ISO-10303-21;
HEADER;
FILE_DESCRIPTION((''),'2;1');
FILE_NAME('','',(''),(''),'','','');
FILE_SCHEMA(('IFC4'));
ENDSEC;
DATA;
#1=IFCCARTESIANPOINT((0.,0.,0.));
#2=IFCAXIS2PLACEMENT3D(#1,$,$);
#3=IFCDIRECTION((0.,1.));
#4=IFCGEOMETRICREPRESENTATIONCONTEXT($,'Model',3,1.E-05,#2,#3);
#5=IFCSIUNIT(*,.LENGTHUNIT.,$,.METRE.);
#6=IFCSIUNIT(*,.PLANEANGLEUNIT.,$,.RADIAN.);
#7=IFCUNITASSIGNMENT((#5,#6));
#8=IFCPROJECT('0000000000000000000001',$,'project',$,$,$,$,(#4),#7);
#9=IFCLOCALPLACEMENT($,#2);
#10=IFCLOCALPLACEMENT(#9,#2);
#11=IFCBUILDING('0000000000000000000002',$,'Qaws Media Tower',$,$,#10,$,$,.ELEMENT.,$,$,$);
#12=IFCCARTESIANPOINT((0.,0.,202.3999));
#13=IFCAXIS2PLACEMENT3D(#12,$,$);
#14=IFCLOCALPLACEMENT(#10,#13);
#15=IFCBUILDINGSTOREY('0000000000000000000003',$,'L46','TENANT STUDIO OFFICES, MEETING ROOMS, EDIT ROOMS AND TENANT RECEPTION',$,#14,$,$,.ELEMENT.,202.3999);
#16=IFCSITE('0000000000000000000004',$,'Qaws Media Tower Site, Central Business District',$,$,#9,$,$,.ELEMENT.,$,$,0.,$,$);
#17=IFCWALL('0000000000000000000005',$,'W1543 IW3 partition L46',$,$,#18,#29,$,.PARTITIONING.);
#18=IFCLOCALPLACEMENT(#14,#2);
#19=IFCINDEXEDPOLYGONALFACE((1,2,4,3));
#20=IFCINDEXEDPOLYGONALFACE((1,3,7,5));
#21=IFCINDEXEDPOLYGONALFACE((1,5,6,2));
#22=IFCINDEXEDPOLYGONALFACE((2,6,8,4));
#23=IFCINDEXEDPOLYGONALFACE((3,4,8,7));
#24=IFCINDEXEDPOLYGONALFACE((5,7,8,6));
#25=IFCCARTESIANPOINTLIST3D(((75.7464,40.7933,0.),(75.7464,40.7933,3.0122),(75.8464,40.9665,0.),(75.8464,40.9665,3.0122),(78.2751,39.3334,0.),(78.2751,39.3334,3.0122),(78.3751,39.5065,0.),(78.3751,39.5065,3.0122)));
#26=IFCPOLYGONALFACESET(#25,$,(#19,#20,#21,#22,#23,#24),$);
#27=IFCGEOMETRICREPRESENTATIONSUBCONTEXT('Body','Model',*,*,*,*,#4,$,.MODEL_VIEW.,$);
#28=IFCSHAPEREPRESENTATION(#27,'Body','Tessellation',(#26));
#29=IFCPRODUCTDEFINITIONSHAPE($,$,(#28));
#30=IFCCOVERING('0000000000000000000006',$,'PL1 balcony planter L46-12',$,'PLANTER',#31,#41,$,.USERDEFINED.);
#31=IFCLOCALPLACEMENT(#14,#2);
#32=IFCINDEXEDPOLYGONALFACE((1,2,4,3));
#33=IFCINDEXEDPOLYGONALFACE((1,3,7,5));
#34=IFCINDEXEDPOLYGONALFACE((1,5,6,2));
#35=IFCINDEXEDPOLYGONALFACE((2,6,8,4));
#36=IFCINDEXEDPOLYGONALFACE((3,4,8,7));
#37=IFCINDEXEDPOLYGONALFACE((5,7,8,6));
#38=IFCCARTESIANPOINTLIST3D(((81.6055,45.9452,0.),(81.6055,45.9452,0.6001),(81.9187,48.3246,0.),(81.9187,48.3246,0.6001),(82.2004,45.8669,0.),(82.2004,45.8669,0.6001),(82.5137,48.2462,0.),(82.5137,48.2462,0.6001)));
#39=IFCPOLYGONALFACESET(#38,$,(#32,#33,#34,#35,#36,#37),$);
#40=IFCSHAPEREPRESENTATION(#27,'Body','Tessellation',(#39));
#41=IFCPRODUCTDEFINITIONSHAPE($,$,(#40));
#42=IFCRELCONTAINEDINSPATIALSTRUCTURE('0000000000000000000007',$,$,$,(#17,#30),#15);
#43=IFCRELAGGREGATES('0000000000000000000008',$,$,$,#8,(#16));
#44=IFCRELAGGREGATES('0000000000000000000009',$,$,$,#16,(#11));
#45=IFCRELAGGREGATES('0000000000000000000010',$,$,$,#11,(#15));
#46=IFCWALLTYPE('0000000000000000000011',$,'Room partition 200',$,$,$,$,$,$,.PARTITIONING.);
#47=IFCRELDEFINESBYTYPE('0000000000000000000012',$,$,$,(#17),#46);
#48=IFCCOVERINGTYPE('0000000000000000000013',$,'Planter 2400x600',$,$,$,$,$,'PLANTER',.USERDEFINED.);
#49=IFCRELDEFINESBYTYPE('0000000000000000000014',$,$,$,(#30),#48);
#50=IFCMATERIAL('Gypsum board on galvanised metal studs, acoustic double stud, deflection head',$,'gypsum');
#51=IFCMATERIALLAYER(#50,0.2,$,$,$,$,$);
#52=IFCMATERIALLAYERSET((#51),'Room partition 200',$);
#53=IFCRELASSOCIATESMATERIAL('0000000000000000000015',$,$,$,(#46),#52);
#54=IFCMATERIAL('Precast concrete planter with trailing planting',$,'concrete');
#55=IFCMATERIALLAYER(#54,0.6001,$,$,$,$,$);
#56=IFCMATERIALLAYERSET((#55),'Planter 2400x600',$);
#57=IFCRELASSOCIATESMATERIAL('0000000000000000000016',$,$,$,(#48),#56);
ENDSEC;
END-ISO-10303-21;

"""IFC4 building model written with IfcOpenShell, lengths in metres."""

from ifc_helpers import new_model, si_unit, direction, frame, frame_2d, origin, origin_2d, place, context, subcontext, project, spatial, rectangle, extrude, material, layer, layer_set, type_object, element, save


model = new_model("IFC4")

# Units and contexts
model_context = context("Model", 3, precision=1e-05, world=origin(), true_north=direction((0.0, 1.0)))
body_context = subcontext(model_context, "Body", "Model", "MODEL_VIEW")
ifc_project = project(units=[si_unit("LENGTHUNIT", "METRE"), si_unit("PLANEANGLEUNIT", "RADIAN")], contexts=[model_context])

# Site, building, storey
site_placement = place(None, origin())
site = spatial("IfcSite", under=ifc_project, at=site_placement, Name="Qaws Media Tower Site, Central Business District", CompositionType="ELEMENT", RefElevation=0.0)
building_placement = place(site_placement, origin())
building = spatial("IfcBuilding", under=site, at=building_placement, Name="Qaws Media Tower", CompositionType="ELEMENT")
storey_placement = place(building_placement, frame((0.0, 0.0, 202.3999)))
storey = spatial("IfcBuildingStorey", under=building, at=storey_placement, Name="L46", Description="TENANT STUDIO OFFICES, MEETING ROOMS, EDIT ROOMS AND TENANT RECEPTION", CompositionType="ELEMENT", Elevation=202.3999)

# Wall
ifc_material_1 = material(Name="Gypsum board on galvanised metal studs, acoustic double stud, deflection head", Category="gypsum")
ifc_layer_1 = layer(ifc_material_1, 0.2)
ifc_layer_set_1 = layer_set([ifc_layer_1], Name="Room partition 200")
wall_type_1 = type_object("IfcWallType", Name="Room partition 200", PredefinedType="PARTITIONING", material=ifc_layer_set_1)
wall_1_placement = place(storey_placement, frame((75.7964, 40.8799, 0.0), z_axis=(0.0, 0.0, 1.0), x_axis=(0.866032, -0.499988, 0.0)))
element("IfcWall", 1, at=wall_1_placement, inside=storey, type_object=wall_type_1, Name="W1543 IW3 partition L46", PredefinedType="PARTITIONING", context=body_context, shape_type="SweptSolid", body=[
    extrude(rectangle(XDim=2.9199, YDim=0.2, at=frame_2d((1.46, 0.0))), origin(), (0.0, 0.0, 1.0), 3.0122),
])

# Covering
ifc_material_2 = material(Name="Precast concrete planter with trailing planting", Category="concrete")
ifc_layer_2 = layer(ifc_material_2, 0.6001)
ifc_layer_set_2 = layer_set([ifc_layer_2], Name="Planter 2400x600")
covering_type = type_object("IfcCoveringType", Name="Planter 2400x600", ElementType="PLANTER", PredefinedType="USERDEFINED", material=ifc_layer_set_2)
covering_placement = place(storey_placement, frame((82.0596, 47.0957, 0.0), z_axis=(0.0, 0.0, 1.0), x_axis=(0.130526, 0.991445, 0.0)))
element("IfcCovering", 2, at=covering_placement, inside=storey, type_object=covering_type, Name="PL1 balcony planter L46-12", ObjectType="PLANTER", PredefinedType="USERDEFINED", context=body_context, shape_type="SweptSolid", body=[
    extrude(rectangle(XDim=2.3999, YDim=0.6001, at=origin_2d()), origin(), (0.0, 0.0, 1.0), 0.6001),
])

save(model, "model.ifc")
